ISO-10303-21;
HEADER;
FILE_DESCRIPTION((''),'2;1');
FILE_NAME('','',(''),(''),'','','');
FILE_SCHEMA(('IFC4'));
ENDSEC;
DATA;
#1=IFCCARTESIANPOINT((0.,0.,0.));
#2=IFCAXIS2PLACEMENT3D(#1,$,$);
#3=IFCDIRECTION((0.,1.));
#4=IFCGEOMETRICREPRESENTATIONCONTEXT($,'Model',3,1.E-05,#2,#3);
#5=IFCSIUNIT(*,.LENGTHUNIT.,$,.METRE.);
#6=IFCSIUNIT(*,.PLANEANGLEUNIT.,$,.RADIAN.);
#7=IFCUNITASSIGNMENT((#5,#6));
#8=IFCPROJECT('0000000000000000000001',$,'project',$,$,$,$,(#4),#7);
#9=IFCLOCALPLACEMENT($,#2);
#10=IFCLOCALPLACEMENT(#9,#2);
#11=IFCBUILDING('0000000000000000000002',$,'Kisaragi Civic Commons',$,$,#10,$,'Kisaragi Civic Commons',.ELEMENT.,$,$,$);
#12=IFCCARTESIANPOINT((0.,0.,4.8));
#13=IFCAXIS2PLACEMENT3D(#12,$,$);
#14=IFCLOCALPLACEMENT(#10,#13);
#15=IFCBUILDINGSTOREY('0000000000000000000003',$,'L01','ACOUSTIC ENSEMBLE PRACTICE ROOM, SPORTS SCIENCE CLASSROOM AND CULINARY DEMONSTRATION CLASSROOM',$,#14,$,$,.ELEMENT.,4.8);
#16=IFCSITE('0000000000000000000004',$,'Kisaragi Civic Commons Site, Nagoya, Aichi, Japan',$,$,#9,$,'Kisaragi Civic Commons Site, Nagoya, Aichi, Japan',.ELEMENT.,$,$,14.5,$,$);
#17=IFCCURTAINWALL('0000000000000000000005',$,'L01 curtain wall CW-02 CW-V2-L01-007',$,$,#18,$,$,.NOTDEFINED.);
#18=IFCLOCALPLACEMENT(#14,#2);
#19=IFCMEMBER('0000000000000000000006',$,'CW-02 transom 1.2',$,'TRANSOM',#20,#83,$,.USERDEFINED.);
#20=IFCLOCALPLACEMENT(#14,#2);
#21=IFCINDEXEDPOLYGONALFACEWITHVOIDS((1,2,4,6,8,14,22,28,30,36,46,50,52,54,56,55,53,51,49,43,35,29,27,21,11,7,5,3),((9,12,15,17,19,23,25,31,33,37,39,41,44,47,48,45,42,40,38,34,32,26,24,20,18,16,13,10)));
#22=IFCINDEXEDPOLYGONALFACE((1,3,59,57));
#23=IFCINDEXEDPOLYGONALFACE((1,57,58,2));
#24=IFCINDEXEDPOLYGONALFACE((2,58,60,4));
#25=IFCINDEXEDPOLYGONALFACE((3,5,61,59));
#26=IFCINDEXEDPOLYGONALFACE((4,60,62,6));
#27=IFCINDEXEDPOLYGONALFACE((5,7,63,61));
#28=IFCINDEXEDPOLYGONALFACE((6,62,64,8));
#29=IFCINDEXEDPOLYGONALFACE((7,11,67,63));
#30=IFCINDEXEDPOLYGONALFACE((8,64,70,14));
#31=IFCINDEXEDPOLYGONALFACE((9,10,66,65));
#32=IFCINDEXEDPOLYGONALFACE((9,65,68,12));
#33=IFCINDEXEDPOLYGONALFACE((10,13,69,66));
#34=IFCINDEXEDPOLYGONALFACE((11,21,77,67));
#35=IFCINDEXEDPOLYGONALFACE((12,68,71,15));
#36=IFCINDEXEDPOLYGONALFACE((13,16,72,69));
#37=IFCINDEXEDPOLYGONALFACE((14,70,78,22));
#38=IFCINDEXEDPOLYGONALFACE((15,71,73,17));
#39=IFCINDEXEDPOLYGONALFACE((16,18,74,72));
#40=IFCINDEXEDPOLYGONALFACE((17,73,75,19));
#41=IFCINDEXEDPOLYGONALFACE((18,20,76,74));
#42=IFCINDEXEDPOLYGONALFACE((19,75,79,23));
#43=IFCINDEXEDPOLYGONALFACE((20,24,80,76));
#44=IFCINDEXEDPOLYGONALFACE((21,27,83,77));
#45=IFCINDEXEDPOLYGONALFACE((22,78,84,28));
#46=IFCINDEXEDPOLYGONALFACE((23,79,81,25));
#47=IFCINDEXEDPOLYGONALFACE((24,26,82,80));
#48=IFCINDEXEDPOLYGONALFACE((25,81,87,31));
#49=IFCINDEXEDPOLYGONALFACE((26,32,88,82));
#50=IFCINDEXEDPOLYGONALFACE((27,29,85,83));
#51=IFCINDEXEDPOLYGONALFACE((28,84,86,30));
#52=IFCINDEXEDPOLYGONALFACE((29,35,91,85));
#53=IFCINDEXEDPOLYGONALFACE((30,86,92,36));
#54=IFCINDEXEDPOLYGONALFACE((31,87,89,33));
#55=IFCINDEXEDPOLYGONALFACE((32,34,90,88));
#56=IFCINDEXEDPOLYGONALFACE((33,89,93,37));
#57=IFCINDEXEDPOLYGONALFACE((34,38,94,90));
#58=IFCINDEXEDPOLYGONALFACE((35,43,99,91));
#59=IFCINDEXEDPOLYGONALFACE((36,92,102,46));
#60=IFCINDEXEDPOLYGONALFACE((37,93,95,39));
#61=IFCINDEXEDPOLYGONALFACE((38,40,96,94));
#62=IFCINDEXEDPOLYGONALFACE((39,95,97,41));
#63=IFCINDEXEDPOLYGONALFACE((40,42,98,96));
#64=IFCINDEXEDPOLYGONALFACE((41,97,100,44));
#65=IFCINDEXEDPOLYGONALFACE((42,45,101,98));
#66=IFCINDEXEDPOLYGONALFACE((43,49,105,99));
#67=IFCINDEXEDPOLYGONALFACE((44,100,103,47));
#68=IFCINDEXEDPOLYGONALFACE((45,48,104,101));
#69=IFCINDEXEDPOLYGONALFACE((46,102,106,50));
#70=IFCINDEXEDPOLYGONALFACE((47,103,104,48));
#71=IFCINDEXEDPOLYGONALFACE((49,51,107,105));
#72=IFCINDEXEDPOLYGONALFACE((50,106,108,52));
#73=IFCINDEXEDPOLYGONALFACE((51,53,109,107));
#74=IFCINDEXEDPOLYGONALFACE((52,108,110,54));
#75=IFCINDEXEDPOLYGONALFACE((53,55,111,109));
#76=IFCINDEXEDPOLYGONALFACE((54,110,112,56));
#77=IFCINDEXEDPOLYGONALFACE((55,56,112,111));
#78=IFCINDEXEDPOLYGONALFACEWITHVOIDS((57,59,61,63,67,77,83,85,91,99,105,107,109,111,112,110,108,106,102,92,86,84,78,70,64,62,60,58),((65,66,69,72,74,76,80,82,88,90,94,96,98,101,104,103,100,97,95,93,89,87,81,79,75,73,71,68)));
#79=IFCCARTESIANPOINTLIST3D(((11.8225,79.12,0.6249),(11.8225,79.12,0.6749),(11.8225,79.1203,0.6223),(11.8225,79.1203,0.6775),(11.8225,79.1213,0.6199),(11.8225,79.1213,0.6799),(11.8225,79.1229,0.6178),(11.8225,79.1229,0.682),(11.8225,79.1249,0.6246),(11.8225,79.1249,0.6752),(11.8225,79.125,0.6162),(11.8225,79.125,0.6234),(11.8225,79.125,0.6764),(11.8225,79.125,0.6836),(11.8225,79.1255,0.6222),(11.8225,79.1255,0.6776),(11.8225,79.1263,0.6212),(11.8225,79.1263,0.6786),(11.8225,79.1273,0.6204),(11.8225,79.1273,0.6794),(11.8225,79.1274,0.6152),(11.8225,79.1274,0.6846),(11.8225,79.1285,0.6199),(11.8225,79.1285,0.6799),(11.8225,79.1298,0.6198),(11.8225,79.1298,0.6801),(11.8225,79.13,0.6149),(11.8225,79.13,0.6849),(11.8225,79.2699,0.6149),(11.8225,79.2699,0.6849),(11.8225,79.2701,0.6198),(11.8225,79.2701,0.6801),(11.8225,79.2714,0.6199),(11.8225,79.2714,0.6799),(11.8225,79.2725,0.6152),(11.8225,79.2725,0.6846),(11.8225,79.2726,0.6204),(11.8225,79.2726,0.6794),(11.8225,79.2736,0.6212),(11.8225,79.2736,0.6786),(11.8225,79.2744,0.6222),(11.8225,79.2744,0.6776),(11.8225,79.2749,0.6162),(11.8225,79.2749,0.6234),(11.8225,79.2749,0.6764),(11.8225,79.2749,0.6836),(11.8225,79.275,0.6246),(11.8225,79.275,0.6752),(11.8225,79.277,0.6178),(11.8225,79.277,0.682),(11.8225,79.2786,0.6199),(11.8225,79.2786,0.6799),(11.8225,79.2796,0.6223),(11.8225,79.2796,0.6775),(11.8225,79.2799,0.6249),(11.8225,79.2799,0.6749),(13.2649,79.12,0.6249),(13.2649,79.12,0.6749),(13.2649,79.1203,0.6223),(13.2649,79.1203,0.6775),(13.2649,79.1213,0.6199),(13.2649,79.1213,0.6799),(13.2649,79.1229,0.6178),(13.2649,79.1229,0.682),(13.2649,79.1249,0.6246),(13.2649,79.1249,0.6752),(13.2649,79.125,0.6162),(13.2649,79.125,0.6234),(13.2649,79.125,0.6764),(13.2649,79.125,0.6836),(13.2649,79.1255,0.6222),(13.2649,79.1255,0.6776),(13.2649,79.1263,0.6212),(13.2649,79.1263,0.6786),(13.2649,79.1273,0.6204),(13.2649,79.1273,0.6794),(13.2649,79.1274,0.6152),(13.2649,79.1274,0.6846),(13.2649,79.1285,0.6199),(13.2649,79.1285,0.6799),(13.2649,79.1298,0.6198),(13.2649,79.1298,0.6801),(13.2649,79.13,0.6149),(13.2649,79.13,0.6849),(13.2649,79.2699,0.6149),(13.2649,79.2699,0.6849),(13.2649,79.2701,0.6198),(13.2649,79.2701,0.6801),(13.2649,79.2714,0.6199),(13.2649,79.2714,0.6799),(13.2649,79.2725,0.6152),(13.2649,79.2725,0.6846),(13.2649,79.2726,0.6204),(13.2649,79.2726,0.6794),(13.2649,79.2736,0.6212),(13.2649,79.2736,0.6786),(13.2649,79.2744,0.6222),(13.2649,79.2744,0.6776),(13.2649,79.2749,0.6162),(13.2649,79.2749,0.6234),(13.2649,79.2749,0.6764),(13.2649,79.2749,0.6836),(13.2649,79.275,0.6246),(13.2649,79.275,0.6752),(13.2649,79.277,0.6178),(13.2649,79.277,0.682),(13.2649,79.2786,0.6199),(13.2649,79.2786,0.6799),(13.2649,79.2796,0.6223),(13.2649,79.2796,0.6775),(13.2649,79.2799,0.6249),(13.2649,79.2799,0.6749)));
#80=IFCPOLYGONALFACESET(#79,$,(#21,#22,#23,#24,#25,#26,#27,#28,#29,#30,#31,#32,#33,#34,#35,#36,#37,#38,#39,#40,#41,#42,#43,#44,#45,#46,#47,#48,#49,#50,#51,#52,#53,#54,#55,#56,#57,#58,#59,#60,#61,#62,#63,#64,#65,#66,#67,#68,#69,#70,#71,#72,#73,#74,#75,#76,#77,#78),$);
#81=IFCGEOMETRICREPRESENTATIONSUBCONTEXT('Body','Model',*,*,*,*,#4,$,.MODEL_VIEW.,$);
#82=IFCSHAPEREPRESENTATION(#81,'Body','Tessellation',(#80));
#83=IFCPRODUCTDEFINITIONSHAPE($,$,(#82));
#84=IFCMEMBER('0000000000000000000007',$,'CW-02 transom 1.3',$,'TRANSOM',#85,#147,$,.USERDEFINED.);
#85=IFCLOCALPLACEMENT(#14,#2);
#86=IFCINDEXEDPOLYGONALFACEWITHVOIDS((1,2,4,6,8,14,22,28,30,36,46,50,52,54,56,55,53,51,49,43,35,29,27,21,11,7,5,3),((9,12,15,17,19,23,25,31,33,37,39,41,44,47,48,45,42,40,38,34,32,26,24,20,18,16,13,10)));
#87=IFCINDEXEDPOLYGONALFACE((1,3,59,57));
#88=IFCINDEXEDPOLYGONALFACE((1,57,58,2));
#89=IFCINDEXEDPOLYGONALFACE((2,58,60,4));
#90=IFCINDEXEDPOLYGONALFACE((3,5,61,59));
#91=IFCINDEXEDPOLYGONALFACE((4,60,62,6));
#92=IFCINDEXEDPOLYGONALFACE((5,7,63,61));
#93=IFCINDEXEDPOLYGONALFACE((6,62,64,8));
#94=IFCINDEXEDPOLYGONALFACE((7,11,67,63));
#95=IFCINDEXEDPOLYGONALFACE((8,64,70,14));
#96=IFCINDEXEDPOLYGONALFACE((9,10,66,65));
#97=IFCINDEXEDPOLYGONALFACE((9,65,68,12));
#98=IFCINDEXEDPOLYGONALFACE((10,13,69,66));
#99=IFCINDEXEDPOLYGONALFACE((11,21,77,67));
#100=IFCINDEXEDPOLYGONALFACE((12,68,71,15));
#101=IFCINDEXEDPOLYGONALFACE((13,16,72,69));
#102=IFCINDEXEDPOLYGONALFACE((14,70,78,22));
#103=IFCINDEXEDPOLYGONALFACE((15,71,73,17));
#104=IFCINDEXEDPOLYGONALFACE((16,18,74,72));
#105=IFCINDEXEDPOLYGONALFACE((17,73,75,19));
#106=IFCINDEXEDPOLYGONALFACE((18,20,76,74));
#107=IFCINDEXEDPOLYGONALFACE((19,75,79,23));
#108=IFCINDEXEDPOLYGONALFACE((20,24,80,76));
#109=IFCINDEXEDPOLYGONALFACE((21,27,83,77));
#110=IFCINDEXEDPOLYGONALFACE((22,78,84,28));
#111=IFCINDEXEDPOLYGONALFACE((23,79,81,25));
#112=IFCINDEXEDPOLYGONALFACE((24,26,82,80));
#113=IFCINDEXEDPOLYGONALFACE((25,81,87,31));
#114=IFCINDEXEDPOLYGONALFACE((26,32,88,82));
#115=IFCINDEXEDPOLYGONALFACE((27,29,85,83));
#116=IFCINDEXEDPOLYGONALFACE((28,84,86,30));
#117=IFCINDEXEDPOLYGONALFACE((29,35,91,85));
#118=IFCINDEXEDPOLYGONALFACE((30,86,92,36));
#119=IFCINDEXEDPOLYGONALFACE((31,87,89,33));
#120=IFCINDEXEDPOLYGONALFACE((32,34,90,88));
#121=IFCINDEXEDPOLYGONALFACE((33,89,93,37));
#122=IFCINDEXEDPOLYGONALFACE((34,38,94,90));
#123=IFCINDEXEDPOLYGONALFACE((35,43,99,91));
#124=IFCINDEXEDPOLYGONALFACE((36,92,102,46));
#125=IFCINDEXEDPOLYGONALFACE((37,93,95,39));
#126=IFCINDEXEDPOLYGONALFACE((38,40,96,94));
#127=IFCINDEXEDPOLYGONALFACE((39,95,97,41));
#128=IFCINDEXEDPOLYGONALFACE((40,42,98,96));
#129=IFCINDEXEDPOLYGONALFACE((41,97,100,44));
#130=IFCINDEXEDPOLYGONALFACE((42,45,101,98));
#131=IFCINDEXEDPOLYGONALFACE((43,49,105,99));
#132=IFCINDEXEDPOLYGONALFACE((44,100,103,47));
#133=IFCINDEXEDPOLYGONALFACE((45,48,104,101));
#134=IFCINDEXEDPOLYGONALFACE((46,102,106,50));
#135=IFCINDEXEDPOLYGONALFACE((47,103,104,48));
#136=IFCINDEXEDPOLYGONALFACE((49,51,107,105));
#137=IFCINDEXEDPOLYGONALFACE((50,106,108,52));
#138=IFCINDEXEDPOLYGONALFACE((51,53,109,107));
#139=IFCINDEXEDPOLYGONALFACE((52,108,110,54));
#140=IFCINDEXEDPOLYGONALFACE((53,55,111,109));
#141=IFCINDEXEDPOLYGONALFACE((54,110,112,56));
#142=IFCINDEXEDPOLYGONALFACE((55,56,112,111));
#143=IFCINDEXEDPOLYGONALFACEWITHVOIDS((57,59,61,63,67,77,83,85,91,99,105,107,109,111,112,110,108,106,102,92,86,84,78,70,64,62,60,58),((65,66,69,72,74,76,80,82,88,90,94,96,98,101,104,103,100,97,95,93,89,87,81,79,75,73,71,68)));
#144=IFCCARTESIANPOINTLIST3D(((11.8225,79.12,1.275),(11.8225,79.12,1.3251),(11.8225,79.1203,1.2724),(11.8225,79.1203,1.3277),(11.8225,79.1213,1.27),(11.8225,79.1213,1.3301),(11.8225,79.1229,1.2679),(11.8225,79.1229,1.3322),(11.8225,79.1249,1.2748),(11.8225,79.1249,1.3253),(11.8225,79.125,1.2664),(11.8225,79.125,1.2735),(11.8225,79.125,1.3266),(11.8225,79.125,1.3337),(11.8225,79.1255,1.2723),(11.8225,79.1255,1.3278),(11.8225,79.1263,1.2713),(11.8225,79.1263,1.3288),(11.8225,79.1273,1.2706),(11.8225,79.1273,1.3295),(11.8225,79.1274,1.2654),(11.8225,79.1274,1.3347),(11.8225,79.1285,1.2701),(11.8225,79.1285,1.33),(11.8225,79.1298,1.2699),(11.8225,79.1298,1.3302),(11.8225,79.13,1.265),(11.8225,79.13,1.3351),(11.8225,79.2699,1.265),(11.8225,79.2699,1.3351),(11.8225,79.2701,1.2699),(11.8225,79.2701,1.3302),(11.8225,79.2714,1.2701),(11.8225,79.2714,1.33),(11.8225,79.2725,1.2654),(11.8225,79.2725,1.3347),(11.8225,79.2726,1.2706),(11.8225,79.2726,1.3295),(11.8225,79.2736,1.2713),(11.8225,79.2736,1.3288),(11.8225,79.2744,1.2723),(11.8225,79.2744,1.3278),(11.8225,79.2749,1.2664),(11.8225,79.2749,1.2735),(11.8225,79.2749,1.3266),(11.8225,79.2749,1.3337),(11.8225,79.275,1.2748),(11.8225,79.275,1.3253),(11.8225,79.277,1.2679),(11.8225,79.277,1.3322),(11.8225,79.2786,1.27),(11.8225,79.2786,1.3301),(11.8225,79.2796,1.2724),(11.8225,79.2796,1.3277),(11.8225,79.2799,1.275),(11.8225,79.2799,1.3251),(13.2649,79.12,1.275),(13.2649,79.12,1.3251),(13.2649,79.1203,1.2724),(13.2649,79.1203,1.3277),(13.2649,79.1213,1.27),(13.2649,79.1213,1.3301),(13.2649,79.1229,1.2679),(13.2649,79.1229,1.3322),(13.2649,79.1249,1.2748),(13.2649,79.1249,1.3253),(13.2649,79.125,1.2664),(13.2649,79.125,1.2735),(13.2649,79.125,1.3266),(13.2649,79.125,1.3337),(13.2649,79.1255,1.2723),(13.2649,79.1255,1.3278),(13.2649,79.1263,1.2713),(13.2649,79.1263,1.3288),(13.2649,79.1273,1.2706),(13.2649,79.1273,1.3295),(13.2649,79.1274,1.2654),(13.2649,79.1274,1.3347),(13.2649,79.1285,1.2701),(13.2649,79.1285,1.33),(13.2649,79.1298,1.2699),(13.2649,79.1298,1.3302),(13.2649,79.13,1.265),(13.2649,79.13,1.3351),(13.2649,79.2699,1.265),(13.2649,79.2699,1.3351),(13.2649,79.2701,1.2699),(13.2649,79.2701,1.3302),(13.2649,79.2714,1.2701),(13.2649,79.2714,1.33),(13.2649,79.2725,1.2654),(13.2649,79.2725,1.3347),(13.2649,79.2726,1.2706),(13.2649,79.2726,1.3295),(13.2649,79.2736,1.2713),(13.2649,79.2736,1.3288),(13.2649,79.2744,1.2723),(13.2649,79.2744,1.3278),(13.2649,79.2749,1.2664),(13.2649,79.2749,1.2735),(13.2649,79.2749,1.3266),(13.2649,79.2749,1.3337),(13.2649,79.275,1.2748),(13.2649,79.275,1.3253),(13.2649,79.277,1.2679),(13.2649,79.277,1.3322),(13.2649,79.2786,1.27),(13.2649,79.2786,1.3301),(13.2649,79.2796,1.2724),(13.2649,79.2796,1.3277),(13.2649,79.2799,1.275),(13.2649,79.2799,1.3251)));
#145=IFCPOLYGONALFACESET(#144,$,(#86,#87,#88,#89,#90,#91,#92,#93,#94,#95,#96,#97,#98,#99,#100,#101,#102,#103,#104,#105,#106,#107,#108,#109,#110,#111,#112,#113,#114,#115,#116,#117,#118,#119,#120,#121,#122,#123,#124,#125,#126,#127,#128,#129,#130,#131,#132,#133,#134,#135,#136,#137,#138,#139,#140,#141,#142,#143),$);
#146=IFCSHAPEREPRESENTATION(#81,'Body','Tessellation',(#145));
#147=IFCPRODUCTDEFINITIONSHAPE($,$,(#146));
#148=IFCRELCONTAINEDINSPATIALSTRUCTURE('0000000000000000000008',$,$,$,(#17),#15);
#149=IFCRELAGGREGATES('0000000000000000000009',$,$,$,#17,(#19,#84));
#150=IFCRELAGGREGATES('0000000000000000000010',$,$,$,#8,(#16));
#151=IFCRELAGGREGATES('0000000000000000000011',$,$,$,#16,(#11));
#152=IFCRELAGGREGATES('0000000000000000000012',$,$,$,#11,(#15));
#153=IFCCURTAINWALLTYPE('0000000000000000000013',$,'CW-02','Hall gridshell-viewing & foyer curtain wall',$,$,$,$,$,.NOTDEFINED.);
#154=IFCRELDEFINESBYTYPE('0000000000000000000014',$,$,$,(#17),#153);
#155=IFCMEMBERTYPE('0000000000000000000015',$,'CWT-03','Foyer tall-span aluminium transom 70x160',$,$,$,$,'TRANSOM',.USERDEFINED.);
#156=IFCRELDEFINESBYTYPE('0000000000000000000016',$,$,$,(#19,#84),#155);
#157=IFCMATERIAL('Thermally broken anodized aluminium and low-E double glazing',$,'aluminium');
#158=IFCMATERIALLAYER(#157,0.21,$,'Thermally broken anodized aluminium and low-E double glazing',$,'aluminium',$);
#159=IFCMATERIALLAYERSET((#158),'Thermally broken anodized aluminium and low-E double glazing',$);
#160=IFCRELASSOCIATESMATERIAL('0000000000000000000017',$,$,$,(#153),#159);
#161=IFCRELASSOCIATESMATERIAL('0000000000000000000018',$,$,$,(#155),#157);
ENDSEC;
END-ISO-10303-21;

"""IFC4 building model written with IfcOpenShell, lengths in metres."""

from ifc_helpers import new_model, si_unit, direction, frame, origin, origin_2d, place, context, subcontext, project, spatial, hollow_rectangle, extrude, material, layer, layer_set, material_profile, profile_set, type_object, element, aggregate, save


model = new_model("IFC4")

# Units and contexts
model_context = context("Model", 3, precision=1e-05, world=origin(), true_north=direction((0.0, 1.0)))
body_context = subcontext(model_context, "Body", "Model", "MODEL_VIEW")
ifc_project = project(units=[si_unit("LENGTHUNIT", "METRE"), si_unit("PLANEANGLEUNIT", "RADIAN")], contexts=[model_context])

# Site, building, storey
site_placement = place(None, origin())
site = spatial("IfcSite", under=ifc_project, at=site_placement, Name="Kisaragi Civic Commons Site, Nagoya, Aichi, Japan", LongName="Kisaragi Civic Commons Site, Nagoya, Aichi, Japan", CompositionType="ELEMENT", RefElevation=14.5)
building_placement = place(site_placement, origin())
building = spatial("IfcBuilding", under=site, at=building_placement, Name="Kisaragi Civic Commons", LongName="Kisaragi Civic Commons", CompositionType="ELEMENT")
storey_placement = place(building_placement, frame((0.0, 0.0, 4.8)))
storey = spatial("IfcBuildingStorey", under=building, at=storey_placement, Name="L01", Description="ACOUSTIC ENSEMBLE PRACTICE ROOM, SPORTS SCIENCE CLASSROOM AND CULINARY DEMONSTRATION CLASSROOM", CompositionType="ELEMENT", Elevation=4.8)

# Curtain wall, members
ifc_material_1 = material(Name="Thermally broken anodized aluminium and low-E double glazing", Category="aluminium")
ifc_layer_1 = layer(ifc_material_1, 0.21, Name="Thermally broken anodized aluminium and low-E double glazing", Category="aluminium")
ifc_layer_set_1 = layer_set([ifc_layer_1], Name="Thermally broken anodized aluminium and low-E double glazing")
curtain_wall_type = type_object("IfcCurtainWallType", Name="CW-02", Description="Hall gridshell-viewing & foyer curtain wall", PredefinedType="NOTDEFINED", material=ifc_layer_set_1)
curtain_wall_placement = place(storey_placement, origin())
curtain_wall = element("IfcCurtainWall", 1, at=curtain_wall_placement, inside=storey, type_object=curtain_wall_type, Name="L01 curtain wall CW-02 CW-V2-L01-007", PredefinedType="NOTDEFINED")
ifc_material_profile_1 = material_profile(ifc_material_1, hollow_rectangle(XDim=0.1599, YDim=0.0701, WallThickness=0.0049, InnerFilletRadius=0.0049, OuterFilletRadius=0.01, at=origin_2d()), Name="CWT-70x160x5", Category="aluminium")
ifc_profile_set_1 = profile_set([ifc_material_profile_1], Name="Thermally broken anodized aluminium and low-E double glazing")
member_type_1 = type_object("IfcMemberType", Name="CWT-03", Description="Foyer tall-span aluminium transom 70x160", ElementType="TRANSOM", PredefinedType="USERDEFINED", material=ifc_profile_set_1)
member_1_placement = place(storey_placement, frame((13.2649, 79.2, 0.6499), z_axis=(-1.0, 0.0, 0.0), x_axis=(0.0, -1.0, 0.0)))
member_1 = element("IfcMember", 2, at=member_1_placement, type_object=member_type_1, Name="CW-02 transom 1.2", ObjectType="TRANSOM", PredefinedType="USERDEFINED", context=body_context, shape_type="SweptSolid", body=[
    extrude(hollow_rectangle(XDim=0.1599, YDim=0.0701, WallThickness=0.0049, InnerFilletRadius=0.0049, OuterFilletRadius=0.01, at=origin_2d()), origin(), (0.0, 0.0, 1.0), 1.4424),
])
member_2_placement = place(storey_placement, frame((13.2649, 79.2, 1.3), z_axis=(-1.0, 0.0, 0.0), x_axis=(0.0, -1.0, 0.0)))
member_2 = element("IfcMember", 3, at=member_2_placement, type_object=member_type_1, Name="CW-02 transom 1.3", ObjectType="TRANSOM", PredefinedType="USERDEFINED", context=body_context, shape_type="SweptSolid", body=[
    extrude(hollow_rectangle(XDim=0.1599, YDim=0.0701, WallThickness=0.0049, InnerFilletRadius=0.0049, OuterFilletRadius=0.01, at=origin_2d()), origin(), (0.0, 0.0, 1.0), 1.4424),
])

aggregate(curtain_wall, [member_1, member_2])

save(model, "model.ifc")
